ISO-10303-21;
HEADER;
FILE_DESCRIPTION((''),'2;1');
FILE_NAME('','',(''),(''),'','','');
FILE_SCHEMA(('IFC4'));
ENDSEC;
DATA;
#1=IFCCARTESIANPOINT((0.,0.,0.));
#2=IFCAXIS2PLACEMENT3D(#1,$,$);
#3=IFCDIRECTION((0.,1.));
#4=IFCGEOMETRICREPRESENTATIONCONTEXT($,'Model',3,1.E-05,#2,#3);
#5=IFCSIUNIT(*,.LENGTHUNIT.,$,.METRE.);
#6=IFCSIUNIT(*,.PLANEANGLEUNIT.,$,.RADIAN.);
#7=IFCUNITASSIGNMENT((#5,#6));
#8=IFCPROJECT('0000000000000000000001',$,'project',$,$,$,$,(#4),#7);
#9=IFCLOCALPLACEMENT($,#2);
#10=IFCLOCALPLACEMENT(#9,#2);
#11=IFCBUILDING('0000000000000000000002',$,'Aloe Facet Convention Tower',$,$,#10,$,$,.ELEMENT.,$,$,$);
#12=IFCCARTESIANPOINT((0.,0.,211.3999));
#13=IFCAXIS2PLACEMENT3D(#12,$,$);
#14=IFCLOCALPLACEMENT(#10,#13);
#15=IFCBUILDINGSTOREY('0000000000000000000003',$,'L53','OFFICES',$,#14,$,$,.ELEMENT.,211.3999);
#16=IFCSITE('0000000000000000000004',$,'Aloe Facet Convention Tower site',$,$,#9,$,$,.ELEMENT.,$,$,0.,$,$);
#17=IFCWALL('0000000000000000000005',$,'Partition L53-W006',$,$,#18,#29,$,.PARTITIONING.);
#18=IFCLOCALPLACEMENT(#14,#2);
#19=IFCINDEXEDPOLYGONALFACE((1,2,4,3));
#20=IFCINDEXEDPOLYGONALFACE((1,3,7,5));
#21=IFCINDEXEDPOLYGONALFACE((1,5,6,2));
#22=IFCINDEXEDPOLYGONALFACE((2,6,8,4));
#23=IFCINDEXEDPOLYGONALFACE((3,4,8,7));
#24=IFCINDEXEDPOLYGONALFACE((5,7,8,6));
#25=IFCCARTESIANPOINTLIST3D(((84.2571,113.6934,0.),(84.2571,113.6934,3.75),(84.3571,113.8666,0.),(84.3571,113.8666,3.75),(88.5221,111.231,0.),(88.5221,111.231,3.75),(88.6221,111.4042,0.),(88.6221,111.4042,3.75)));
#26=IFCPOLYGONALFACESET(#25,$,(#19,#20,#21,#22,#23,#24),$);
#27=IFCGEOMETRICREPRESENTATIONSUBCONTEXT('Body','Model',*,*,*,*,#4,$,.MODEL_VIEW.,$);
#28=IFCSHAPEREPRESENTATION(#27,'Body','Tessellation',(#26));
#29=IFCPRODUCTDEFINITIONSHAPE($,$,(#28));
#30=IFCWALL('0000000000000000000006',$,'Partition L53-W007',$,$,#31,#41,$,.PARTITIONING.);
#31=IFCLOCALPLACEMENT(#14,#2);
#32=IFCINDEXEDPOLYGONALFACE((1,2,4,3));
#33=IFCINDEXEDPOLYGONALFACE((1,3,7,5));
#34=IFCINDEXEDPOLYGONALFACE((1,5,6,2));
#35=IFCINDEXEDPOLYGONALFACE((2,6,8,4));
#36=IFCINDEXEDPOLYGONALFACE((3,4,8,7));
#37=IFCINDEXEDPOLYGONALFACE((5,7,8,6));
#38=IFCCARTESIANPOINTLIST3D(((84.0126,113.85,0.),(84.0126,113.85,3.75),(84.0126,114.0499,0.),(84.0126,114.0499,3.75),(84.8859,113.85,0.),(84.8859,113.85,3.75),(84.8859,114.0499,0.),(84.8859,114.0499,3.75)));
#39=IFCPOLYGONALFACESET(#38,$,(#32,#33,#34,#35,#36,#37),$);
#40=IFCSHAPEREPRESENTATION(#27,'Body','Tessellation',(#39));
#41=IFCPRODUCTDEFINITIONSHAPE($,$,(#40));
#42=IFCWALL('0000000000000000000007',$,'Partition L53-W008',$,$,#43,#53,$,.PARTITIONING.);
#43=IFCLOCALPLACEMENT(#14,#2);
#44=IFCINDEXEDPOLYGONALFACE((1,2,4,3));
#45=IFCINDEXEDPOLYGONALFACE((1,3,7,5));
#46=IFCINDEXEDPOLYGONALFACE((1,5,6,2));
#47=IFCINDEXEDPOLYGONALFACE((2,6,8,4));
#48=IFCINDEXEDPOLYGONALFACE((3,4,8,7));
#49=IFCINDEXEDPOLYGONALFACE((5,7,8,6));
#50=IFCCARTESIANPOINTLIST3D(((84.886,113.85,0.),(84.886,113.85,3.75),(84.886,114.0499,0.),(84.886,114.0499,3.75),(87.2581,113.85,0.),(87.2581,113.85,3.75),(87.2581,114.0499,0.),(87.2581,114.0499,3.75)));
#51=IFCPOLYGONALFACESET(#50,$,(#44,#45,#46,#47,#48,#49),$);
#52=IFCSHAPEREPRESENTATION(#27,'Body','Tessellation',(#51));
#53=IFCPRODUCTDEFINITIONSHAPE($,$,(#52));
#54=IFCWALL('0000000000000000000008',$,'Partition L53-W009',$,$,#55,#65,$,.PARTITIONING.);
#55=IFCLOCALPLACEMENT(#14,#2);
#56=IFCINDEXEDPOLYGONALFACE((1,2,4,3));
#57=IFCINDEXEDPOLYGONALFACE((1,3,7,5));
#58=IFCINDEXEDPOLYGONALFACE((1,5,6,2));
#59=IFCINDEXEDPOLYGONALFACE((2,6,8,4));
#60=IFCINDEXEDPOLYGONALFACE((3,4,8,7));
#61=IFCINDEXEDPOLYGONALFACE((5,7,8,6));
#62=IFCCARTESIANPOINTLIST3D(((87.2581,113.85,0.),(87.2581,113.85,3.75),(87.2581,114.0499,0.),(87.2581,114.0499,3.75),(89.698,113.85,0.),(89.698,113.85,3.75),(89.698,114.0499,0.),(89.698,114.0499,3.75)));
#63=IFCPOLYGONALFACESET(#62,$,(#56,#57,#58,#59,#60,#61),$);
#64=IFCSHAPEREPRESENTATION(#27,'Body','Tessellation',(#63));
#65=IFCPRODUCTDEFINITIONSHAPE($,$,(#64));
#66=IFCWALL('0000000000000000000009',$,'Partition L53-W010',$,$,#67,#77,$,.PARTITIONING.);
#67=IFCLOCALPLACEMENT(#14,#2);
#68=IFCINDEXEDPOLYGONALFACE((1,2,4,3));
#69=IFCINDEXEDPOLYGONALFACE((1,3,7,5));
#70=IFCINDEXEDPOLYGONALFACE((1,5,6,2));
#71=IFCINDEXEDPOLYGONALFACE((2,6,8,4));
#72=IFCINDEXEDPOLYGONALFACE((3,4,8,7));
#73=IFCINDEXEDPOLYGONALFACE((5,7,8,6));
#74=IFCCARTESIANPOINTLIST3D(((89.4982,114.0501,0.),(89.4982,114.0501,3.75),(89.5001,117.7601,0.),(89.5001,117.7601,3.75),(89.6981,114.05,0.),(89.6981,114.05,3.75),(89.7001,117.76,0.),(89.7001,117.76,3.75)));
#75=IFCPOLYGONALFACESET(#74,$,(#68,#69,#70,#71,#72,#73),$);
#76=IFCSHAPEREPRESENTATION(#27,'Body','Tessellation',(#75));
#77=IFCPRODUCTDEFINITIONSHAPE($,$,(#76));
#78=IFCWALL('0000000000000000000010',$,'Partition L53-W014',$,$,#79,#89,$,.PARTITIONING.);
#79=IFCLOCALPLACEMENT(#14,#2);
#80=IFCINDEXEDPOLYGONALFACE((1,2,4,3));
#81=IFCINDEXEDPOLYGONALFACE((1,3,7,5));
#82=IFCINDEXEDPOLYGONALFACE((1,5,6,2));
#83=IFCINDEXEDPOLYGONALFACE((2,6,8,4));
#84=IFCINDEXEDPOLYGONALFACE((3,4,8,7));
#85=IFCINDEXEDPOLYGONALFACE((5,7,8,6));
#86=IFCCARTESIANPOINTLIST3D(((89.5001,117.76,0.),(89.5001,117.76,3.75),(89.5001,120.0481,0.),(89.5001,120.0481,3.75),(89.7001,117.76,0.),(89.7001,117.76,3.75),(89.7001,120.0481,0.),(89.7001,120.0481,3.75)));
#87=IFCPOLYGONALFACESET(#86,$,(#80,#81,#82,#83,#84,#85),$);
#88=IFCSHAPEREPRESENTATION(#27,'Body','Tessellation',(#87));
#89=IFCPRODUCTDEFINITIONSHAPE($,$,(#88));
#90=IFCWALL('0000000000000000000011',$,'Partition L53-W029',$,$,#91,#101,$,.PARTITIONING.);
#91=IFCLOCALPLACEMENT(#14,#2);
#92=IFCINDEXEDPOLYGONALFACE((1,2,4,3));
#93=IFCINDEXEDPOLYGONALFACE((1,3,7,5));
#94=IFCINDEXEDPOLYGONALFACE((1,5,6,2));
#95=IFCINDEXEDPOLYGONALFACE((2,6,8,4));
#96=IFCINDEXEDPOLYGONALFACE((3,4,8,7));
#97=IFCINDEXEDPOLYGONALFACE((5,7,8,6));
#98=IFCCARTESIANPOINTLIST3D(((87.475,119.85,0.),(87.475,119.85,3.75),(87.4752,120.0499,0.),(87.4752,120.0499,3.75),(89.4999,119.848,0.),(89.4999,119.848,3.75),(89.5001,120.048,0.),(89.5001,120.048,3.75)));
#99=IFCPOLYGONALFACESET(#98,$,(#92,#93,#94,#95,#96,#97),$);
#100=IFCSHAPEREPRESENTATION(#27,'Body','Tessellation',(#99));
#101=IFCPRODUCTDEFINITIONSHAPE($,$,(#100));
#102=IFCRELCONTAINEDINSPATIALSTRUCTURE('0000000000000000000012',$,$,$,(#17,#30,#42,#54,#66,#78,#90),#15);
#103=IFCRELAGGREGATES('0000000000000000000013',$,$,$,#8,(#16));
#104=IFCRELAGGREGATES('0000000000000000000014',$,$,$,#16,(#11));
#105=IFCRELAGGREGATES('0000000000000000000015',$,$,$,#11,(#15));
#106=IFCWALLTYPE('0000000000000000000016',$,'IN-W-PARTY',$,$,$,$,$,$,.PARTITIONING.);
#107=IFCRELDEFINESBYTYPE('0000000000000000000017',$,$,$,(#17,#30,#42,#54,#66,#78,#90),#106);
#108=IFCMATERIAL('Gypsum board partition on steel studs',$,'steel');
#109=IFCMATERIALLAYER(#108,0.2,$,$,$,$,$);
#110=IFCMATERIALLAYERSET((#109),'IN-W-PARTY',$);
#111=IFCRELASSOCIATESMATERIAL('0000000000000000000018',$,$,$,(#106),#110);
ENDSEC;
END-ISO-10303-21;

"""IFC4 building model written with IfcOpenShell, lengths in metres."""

from ifc_helpers import new_model, si_unit, direction, frame, frame_2d, origin, place, context, subcontext, project, spatial, rectangle, extrude, material, layer, layer_set, type_object, element, save


model = new_model("IFC4")

# Units and contexts
model_context = context("Model", 3, precision=1e-05, world=origin(), true_north=direction((0.0, 1.0)))
body_context = subcontext(model_context, "Body", "Model", "MODEL_VIEW")
ifc_project = project(units=[si_unit("LENGTHUNIT", "METRE"), si_unit("PLANEANGLEUNIT", "RADIAN")], contexts=[model_context])

# Site, building, storey
site_placement = place(None, origin())
site = spatial("IfcSite", under=ifc_project, at=site_placement, Name="Aloe Facet Convention Tower site", CompositionType="ELEMENT", RefElevation=0.0)
building_placement = place(site_placement, origin())
building = spatial("IfcBuilding", under=site, at=building_placement, Name="Aloe Facet Convention Tower", CompositionType="ELEMENT")
storey_placement = place(building_placement, frame((0.0, 0.0, 211.3999)))
storey = spatial("IfcBuildingStorey", under=building, at=storey_placement, Name="L53", Description="OFFICES", CompositionType="ELEMENT", Elevation=211.3999)

# Walls
ifc_material_1 = material(Name="Gypsum board partition on steel studs", Category="steel")
ifc_layer_1 = layer(ifc_material_1, 0.2)
ifc_layer_set_1 = layer_set([ifc_layer_1], Name="IN-W-PARTY")
wall_type_1 = type_object("IfcWallType", Name="IN-W-PARTY", PredefinedType="PARTITIONING", material=ifc_layer_set_1)
wall_1_placement = place(storey_placement, frame((84.3071, 113.78, 0.0), z_axis=(0.0, 0.0, 1.0), x_axis=(0.86602, -0.50001, 0.0)))
element("IfcWall", 1, at=wall_1_placement, inside=storey, type_object=wall_type_1, Name="Partition L53-W006", PredefinedType="PARTITIONING", context=body_context, shape_type="SweptSolid", body=[
    extrude(rectangle(XDim=4.9248, YDim=0.2, at=frame_2d((2.4624, 0.0))), origin(), (0.0, 0.0, 1.0), 3.75),
])
wall_2_placement = place(storey_placement, frame((84.0127, 113.95, 0.0), z_axis=(0.0, 0.0, 1.0), x_axis=(1.0, 0.0, 0.0)))
element("IfcWall", 2, at=wall_2_placement, inside=storey, type_object=wall_type_1, Name="Partition L53-W007", PredefinedType="PARTITIONING", context=body_context, shape_type="SweptSolid", body=[
    extrude(rectangle(XDim=0.8733, YDim=0.2, at=frame_2d((0.4365, 0.0))), origin(), (0.0, 0.0, 1.0), 3.75),
])
wall_3_placement = place(storey_placement, frame((84.886, 113.95, 0.0), z_axis=(0.0, 0.0, 1.0), x_axis=(1.0, 0.0, 0.0)))
element("IfcWall", 3, at=wall_3_placement, inside=storey, type_object=wall_type_1, Name="Partition L53-W008", PredefinedType="PARTITIONING", context=body_context, shape_type="SweptSolid", body=[
    extrude(rectangle(XDim=2.3721, YDim=0.2, at=frame_2d((1.186, 0.0))), origin(), (0.0, 0.0, 1.0), 3.75),
])
wall_4_placement = place(storey_placement, frame((87.2581, 113.95, 0.0), z_axis=(0.0, 0.0, 1.0), x_axis=(1.0, 0.0, 0.0)))
element("IfcWall", 4, at=wall_4_placement, inside=storey, type_object=wall_type_1, Name="Partition L53-W009", PredefinedType="PARTITIONING", context=body_context, shape_type="SweptSolid", body=[
    extrude(rectangle(XDim=2.4399, YDim=0.2, at=frame_2d((1.22, 0.0))), origin(), (0.0, 0.0, 1.0), 3.75),
])
wall_5_placement = place(storey_placement, frame((89.5981, 114.05, 0.0), z_axis=(0.0, 0.0, 1.0), x_axis=(0.000526, 1.0, 0.0)))
element("IfcWall", 5, at=wall_5_placement, inside=storey, type_object=wall_type_1, Name="Partition L53-W010", PredefinedType="PARTITIONING", context=body_context, shape_type="SweptSolid", body=[
    extrude(rectangle(XDim=3.71, YDim=0.2, at=frame_2d((1.855, 0.0))), origin(), (0.0, 0.0, 1.0), 3.75),
])
wall_6_placement = place(storey_placement, frame((89.6001, 117.76, 0.0), z_axis=(0.0, 0.0, 1.0), x_axis=(0.0, 1.0, 0.0)))
element("IfcWall", 6, at=wall_6_placement, inside=storey, type_object=wall_type_1, Name="Partition L53-W014", PredefinedType="PARTITIONING", context=body_context, shape_type="SweptSolid", body=[
    extrude(rectangle(XDim=2.2881, YDim=0.2, at=frame_2d((1.144, 0.0))), origin(), (0.0, 0.0, 1.0), 3.75),
])
wall_7_placement = place(storey_placement, frame((87.4751, 119.95, 0.0), z_axis=(0.0, 0.0, 1.0), x_axis=(1.0, -0.000965, 0.0)))
element("IfcWall", 7, at=wall_7_placement, inside=storey, type_object=wall_type_1, Name="Partition L53-W029", PredefinedType="PARTITIONING", context=body_context, shape_type="SweptSolid", body=[
    extrude(rectangle(XDim=2.0249, YDim=0.2, at=frame_2d((1.0125, 0.0))), origin(), (0.0, 0.0, 1.0), 3.75),
])

save(model, "model.ifc")
